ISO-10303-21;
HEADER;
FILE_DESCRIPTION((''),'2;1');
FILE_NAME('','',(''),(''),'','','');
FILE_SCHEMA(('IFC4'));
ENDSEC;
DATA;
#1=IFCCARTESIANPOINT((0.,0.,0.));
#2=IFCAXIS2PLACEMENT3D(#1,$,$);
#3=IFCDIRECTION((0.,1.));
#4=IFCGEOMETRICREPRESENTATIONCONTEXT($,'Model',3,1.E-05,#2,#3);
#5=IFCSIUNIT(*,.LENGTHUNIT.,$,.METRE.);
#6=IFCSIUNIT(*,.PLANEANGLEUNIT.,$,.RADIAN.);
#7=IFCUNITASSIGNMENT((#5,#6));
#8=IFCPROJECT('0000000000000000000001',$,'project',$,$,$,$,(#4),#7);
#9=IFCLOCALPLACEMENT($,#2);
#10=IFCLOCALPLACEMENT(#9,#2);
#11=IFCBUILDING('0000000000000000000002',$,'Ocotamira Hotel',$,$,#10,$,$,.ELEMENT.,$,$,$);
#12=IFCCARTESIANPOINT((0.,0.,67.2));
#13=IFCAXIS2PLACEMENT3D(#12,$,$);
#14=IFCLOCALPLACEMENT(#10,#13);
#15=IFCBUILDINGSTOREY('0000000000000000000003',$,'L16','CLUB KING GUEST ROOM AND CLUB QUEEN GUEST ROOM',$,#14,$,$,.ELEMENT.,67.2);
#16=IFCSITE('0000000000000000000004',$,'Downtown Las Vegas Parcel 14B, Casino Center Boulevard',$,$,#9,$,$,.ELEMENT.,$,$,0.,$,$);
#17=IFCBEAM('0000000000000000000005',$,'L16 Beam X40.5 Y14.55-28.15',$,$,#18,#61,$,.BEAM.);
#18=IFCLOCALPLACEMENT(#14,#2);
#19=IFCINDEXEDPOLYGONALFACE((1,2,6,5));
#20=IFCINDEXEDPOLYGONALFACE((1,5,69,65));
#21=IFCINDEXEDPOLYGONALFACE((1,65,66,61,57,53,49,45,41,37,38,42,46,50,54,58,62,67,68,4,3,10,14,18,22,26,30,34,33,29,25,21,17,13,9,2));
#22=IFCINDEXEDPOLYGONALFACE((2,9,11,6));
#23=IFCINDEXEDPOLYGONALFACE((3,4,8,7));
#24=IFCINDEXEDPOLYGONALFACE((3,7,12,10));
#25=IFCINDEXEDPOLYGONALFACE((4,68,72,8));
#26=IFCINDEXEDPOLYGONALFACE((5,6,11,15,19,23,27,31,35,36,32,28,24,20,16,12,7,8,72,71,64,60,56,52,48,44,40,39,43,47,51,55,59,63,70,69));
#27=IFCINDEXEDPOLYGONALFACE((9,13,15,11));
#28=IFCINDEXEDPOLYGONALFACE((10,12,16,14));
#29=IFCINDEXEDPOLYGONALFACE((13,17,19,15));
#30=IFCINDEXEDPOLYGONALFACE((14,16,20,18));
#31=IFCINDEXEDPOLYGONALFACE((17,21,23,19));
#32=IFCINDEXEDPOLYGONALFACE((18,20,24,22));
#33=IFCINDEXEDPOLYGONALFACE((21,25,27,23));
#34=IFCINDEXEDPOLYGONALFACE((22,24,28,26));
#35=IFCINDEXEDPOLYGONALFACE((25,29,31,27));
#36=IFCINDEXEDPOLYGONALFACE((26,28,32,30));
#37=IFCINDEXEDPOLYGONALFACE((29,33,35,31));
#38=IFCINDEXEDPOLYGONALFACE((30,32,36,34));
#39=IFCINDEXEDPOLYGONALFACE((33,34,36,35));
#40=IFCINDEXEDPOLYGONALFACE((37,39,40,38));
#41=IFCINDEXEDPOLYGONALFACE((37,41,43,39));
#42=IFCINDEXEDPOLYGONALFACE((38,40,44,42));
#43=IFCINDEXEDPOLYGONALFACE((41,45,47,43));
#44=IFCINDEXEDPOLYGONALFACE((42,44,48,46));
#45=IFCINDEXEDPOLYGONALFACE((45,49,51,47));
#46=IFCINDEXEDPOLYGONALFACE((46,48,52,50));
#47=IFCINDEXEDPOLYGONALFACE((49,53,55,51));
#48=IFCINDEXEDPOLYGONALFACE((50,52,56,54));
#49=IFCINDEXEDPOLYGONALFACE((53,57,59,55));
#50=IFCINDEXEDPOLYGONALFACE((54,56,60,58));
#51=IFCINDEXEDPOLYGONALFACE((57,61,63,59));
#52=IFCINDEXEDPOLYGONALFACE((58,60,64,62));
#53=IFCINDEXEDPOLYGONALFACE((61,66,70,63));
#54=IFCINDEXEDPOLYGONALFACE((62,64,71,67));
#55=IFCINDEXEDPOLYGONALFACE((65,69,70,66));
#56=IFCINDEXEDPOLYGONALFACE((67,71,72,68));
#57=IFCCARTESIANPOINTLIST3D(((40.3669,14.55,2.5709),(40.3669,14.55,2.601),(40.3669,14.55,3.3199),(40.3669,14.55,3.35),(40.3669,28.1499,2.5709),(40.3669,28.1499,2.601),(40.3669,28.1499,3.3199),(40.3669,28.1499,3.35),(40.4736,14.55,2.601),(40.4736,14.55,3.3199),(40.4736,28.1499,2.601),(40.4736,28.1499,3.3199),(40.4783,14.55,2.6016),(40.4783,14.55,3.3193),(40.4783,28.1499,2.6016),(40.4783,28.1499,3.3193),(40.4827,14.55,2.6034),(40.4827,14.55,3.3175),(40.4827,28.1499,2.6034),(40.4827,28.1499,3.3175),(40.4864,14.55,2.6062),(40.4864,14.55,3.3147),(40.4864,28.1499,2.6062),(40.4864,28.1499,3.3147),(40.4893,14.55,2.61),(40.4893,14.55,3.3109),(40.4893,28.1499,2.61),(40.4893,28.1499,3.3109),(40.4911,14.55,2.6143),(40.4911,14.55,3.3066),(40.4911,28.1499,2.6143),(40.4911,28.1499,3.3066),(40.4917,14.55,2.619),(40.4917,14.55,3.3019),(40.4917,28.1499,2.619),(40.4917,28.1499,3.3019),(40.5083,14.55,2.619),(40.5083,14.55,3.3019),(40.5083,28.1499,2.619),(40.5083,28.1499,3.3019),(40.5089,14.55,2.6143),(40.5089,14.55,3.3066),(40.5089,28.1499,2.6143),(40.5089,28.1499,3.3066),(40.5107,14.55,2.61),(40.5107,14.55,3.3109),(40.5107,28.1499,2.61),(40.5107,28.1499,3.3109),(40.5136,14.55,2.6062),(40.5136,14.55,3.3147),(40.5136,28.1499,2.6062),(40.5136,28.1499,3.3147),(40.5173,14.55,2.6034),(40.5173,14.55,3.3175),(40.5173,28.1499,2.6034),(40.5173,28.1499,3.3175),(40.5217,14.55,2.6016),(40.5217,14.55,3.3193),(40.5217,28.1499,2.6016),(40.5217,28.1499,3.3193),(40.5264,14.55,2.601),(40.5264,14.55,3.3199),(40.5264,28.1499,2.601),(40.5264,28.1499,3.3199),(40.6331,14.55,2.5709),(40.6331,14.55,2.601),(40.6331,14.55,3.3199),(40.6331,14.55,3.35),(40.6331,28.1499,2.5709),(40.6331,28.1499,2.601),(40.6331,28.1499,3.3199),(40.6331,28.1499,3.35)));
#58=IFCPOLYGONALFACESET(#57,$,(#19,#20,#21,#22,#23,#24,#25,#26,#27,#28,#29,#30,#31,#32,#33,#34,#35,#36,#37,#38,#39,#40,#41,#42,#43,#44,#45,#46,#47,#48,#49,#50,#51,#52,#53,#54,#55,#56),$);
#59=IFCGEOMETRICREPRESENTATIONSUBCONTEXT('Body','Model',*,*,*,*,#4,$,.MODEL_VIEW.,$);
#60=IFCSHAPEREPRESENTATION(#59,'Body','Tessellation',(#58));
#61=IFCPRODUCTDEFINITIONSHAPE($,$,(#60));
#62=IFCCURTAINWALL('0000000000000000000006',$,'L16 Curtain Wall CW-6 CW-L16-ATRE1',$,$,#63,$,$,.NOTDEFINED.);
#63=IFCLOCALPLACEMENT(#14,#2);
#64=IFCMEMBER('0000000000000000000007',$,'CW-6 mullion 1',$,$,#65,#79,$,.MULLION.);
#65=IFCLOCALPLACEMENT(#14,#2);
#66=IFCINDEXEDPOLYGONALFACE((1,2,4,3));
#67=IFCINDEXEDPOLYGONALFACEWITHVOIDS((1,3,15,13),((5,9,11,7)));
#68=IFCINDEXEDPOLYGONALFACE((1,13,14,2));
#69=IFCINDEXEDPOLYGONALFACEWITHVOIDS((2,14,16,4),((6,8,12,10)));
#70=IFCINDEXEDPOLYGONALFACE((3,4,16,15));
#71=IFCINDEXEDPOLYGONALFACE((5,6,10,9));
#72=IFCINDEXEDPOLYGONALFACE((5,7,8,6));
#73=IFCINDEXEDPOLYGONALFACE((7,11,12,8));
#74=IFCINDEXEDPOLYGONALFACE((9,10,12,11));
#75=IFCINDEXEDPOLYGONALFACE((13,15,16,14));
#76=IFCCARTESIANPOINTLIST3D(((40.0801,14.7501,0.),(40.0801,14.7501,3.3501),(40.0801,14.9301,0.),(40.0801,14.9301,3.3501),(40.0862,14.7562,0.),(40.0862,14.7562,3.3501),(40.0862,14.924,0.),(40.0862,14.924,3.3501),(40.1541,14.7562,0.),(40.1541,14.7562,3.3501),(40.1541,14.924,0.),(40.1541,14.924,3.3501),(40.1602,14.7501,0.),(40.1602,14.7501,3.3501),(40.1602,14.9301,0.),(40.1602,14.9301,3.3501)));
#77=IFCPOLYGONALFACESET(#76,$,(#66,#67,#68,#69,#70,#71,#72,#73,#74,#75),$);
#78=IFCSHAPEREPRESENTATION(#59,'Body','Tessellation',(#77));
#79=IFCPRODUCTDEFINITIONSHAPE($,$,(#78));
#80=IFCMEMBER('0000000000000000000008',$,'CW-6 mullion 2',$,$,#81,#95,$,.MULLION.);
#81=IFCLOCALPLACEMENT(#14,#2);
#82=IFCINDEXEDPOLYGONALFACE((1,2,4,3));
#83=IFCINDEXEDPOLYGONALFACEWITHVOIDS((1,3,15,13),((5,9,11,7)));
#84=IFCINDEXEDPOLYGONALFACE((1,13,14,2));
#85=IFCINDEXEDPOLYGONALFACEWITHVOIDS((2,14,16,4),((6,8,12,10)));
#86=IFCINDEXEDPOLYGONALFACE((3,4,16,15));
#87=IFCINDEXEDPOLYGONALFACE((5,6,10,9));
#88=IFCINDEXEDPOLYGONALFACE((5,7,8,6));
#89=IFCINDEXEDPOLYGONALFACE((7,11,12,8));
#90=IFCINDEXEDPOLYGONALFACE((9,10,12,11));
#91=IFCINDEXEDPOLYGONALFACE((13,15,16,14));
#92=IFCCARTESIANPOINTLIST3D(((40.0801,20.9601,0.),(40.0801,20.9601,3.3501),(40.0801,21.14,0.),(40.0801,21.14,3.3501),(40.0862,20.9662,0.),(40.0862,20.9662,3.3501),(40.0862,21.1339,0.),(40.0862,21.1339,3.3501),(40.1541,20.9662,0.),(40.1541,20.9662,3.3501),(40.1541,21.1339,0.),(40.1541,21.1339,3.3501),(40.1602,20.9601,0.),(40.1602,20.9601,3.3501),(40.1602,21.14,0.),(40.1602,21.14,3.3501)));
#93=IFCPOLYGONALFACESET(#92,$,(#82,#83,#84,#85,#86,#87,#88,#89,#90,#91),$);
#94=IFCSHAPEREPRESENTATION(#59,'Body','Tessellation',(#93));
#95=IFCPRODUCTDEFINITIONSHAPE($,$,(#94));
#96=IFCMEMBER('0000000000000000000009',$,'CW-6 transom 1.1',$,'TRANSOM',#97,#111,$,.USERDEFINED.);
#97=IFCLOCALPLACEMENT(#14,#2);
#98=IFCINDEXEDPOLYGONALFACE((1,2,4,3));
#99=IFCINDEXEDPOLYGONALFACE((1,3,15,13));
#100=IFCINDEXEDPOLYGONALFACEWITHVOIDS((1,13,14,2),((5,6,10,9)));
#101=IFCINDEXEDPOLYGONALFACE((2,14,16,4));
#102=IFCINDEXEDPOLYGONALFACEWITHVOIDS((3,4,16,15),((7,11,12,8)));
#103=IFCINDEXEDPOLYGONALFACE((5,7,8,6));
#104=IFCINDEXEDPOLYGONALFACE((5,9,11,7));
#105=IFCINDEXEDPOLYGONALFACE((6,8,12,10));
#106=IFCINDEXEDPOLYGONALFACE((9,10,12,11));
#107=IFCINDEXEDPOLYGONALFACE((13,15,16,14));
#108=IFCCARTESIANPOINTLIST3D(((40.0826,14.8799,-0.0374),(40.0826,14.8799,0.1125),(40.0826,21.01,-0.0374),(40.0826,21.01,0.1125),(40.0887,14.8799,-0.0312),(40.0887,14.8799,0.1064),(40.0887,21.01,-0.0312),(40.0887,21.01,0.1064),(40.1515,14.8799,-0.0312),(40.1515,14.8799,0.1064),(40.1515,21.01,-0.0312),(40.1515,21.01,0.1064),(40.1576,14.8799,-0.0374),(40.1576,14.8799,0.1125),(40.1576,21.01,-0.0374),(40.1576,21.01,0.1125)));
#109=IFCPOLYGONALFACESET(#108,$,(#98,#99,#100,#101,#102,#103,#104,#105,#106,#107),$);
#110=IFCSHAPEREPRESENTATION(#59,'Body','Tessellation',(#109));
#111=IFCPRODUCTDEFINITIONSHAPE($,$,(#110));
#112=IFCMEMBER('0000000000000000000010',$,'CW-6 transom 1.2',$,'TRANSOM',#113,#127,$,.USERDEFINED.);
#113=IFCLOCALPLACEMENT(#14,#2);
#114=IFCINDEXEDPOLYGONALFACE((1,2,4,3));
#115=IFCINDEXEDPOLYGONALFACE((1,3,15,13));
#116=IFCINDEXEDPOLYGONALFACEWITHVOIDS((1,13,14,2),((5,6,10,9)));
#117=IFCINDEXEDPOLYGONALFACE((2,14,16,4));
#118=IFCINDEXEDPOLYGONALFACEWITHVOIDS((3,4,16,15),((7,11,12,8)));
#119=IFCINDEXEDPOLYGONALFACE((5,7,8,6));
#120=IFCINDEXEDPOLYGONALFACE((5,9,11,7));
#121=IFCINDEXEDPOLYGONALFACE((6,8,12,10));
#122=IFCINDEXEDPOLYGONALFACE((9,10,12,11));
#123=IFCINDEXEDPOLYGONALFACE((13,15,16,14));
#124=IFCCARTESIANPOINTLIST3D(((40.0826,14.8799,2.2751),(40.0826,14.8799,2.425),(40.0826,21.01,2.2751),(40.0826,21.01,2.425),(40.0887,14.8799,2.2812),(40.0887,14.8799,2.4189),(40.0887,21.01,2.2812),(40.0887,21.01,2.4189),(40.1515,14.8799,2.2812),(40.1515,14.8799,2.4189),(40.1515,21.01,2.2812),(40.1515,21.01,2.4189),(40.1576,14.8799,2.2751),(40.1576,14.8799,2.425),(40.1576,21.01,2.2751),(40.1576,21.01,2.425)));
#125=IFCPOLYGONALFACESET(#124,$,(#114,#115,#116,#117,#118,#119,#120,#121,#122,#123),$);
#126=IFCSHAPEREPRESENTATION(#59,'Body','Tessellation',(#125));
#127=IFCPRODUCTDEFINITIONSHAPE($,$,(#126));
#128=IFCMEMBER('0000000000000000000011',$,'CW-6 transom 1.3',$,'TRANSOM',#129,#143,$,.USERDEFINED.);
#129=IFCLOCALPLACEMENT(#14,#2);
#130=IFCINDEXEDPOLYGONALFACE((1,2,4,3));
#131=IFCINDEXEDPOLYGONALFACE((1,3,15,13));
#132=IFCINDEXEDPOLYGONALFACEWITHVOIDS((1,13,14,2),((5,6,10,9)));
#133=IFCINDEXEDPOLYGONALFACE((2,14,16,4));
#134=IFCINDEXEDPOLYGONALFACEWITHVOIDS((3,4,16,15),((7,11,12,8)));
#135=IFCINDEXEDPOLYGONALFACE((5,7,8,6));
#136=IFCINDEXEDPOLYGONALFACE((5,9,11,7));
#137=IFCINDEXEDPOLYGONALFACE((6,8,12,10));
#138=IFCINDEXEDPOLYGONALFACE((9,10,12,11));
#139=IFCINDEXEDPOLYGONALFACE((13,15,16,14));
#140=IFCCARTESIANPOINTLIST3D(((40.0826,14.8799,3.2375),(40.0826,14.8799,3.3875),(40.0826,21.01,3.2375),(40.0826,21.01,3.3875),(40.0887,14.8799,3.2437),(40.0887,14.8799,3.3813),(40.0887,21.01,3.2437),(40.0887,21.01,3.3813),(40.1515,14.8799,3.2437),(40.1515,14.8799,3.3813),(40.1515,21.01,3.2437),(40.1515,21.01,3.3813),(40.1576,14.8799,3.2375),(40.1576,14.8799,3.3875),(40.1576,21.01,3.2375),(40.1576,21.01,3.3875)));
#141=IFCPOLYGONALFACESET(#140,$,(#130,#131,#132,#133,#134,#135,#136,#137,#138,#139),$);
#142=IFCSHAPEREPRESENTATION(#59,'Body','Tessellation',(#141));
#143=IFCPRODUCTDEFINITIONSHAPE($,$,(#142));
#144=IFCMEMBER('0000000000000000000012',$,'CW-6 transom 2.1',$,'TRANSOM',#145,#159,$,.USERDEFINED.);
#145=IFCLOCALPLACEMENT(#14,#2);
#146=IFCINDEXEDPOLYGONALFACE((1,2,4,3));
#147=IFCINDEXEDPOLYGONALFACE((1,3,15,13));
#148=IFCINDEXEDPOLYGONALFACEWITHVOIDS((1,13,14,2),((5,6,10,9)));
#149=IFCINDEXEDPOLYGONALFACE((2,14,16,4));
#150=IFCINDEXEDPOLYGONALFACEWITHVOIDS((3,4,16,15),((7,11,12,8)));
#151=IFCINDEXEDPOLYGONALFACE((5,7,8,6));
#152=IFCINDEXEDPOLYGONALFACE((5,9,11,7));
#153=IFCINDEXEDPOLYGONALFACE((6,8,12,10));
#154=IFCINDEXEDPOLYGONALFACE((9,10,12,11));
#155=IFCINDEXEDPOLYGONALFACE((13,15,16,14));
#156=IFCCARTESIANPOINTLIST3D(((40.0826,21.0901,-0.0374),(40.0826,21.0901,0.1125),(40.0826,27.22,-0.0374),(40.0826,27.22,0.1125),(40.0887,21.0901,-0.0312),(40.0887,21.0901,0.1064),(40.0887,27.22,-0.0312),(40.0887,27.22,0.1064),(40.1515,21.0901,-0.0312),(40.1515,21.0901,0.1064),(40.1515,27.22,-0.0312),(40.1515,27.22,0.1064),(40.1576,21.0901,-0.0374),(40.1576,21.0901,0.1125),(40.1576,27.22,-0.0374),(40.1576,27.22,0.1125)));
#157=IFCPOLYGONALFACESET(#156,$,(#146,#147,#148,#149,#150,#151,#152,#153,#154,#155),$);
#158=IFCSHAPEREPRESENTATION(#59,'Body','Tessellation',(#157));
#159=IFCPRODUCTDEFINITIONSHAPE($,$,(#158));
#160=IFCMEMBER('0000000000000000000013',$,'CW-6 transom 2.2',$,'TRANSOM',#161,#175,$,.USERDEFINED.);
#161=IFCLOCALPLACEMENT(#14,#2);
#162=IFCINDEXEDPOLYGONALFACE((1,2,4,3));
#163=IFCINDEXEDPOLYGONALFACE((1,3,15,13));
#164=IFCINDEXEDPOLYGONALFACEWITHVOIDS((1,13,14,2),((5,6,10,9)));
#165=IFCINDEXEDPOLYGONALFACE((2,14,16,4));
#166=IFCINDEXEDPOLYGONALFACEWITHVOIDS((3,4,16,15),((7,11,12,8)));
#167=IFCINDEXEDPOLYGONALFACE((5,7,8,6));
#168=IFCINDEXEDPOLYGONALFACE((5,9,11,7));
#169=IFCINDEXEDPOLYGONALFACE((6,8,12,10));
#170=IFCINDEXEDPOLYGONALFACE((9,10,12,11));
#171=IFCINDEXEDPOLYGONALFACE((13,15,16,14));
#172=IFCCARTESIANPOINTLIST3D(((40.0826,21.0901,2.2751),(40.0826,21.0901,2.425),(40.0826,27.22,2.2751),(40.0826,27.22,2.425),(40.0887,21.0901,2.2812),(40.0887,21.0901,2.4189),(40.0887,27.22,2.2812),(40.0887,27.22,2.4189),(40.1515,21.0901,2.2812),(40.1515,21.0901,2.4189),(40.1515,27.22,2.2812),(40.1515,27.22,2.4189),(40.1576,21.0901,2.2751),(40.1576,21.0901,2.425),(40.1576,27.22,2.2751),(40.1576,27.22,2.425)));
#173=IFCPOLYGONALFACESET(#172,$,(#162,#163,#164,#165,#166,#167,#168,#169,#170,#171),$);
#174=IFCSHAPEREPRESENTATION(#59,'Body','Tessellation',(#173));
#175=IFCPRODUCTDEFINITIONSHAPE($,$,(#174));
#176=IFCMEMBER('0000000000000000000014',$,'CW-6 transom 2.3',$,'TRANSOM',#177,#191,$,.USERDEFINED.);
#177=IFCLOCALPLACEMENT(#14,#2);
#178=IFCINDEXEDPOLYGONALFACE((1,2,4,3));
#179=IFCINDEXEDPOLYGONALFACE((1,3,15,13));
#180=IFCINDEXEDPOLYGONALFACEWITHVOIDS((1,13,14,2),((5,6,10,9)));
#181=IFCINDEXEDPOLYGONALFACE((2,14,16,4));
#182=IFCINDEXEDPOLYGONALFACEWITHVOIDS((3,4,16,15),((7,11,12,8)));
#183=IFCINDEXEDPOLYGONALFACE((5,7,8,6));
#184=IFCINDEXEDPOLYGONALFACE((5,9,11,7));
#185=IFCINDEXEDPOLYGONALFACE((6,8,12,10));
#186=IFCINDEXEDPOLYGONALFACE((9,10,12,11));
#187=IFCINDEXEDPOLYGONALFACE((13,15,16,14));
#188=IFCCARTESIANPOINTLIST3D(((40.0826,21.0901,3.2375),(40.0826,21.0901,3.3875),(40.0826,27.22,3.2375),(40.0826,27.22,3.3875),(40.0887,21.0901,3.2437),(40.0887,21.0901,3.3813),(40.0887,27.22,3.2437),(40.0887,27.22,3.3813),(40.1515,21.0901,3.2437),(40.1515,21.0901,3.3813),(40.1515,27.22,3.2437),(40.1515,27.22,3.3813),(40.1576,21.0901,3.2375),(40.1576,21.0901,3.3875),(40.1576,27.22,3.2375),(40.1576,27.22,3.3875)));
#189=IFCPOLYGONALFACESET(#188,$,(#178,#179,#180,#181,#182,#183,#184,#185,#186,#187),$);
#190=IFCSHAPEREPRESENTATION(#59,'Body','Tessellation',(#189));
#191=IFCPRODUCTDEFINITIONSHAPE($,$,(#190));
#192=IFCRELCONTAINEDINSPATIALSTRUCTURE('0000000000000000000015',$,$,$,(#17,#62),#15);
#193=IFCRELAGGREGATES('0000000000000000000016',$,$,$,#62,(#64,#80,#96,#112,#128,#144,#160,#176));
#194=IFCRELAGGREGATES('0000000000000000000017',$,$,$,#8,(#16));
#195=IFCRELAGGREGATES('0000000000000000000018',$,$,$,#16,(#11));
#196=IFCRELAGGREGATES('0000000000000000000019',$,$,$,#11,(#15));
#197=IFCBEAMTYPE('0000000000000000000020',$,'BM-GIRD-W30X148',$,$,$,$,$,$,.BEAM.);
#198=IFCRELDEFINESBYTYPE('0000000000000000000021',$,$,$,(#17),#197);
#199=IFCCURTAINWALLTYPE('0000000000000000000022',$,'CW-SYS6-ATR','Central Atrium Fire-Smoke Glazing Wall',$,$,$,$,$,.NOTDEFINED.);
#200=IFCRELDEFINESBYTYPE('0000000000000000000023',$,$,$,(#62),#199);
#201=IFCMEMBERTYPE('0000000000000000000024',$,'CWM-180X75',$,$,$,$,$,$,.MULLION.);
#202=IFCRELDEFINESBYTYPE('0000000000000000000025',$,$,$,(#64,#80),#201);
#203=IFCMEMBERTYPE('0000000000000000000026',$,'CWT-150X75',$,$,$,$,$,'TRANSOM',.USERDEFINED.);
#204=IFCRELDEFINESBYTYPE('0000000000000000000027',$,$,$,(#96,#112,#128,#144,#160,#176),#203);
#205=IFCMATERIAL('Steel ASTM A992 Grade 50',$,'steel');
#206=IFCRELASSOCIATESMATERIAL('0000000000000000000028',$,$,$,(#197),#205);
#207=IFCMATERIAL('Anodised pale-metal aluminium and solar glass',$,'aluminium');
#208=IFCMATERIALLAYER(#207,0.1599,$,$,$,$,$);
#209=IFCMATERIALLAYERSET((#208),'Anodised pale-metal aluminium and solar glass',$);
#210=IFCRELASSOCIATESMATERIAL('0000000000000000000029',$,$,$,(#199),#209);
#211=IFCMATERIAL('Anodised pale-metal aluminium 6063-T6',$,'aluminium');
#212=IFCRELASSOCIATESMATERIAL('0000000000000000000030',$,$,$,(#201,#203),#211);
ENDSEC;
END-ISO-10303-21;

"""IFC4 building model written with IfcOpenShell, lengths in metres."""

from ifc_helpers import new_model, si_unit, direction, frame, origin, origin_2d, place, context, subcontext, project, spatial, hollow_rectangle, i_section, extrude, source, transform, mapped, material, layer, layer_set, material_profile, profile_set, type_object, element, aggregate, save


model = new_model("IFC4")

# Units and contexts
model_context = context("Model", 3, precision=1e-05, world=origin(), true_north=direction((0.0, 1.0)))
body_context = subcontext(model_context, "Body", "Model", "MODEL_VIEW")
ifc_project = project(units=[si_unit("LENGTHUNIT", "METRE"), si_unit("PLANEANGLEUNIT", "RADIAN")], contexts=[model_context])

# Site, building, storey
site_placement = place(None, origin())
site = spatial("IfcSite", under=ifc_project, at=site_placement, Name="Downtown Las Vegas Parcel 14B, Casino Center Boulevard", CompositionType="ELEMENT", RefElevation=0.0)
building_placement = place(site_placement, origin())
building = spatial("IfcBuilding", under=site, at=building_placement, Name="Ocotamira Hotel", CompositionType="ELEMENT")
storey_placement = place(building_placement, frame((0.0, 0.0, 67.2)))
storey = spatial("IfcBuildingStorey", under=building, at=storey_placement, Name="L16", Description="CLUB KING GUEST ROOM AND CLUB QUEEN GUEST ROOM", CompositionType="ELEMENT", Elevation=67.2)

# Beam
ifc_material_1 = material(Name="Steel ASTM A992 Grade 50", Category="steel")
ifc_material_profile_1 = material_profile(ifc_material_1, i_section(OverallWidth=0.2661, OverallDepth=0.7791, WebThickness=0.0166, FlangeThickness=0.03, FilletRadius=0.0181, at=origin_2d()), Name="W30X148")
ifc_profile_set_1 = profile_set([ifc_material_profile_1], Name="Steel ASTM A992 Grade 50")
beam_type = type_object("IfcBeamType", Name="BM-GIRD-W30X148", PredefinedType="BEAM", material=ifc_profile_set_1)
shared_shape_1 = source(origin(), body_context, "Body", "SweptSolid", [
    extrude(i_section(OverallWidth=0.2661, OverallDepth=0.7791, WebThickness=0.0166, FlangeThickness=0.03, FilletRadius=0.0181, at=origin_2d()), origin(), (0.0, 0.0, 1.0), 13.5999),
])
beam_placement = place(storey_placement, frame((40.5, 14.55, 2.9604), z_axis=(0.0, 1.0, 0.0), x_axis=(-1.0, 0.0, 0.0)))
element("IfcBeam", 1, at=beam_placement, inside=storey, type_object=beam_type, Name="L16 Beam X40.5 Y14.55-28.15", PredefinedType="BEAM", context=body_context, shape_type="MappedRepresentation", body=[
    mapped(shared_shape_1, transform((0.0, 0.0, 0.0), scale=1.0)),
])

# Curtain wall, members
ifc_material_2 = material(Name="Anodised pale-metal aluminium and solar glass", Category="aluminium")
ifc_layer_1 = layer(ifc_material_2, 0.1599)
ifc_layer_set_1 = layer_set([ifc_layer_1], Name="Anodised pale-metal aluminium and solar glass")
curtain_wall_type = type_object("IfcCurtainWallType", Name="CW-SYS6-ATR", Description="Central Atrium Fire-Smoke Glazing Wall", PredefinedType="NOTDEFINED", material=ifc_layer_set_1)
curtain_wall_placement = place(storey_placement, origin())
curtain_wall = element("IfcCurtainWall", 2, at=curtain_wall_placement, inside=storey, type_object=curtain_wall_type, Name="L16 Curtain Wall CW-6 CW-L16-ATRE1", PredefinedType="NOTDEFINED")
ifc_material_3 = material(Name="Anodised pale-metal aluminium 6063-T6", Category="aluminium")
ifc_material_profile_2 = material_profile(ifc_material_3, hollow_rectangle(XDim=0.0801, YDim=0.1799, WallThickness=0.0061, at=origin_2d()), Name="HSS180X80X6")
ifc_profile_set_2 = profile_set([ifc_material_profile_2], Name="Anodised pale-metal aluminium 6063-T6")
member_type_1 = type_object("IfcMemberType", Name="CWM-180X75", PredefinedType="MULLION", material=ifc_profile_set_2)
shared_shape_2 = source(origin(), body_context, "Body", "SweptSolid", [
    extrude(hollow_rectangle(XDim=0.0801, YDim=0.1799, WallThickness=0.0061, at=origin_2d()), origin(), (0.0, 0.0, 1.0), 3.3501),
])
member_1_placement = place(storey_placement, frame((40.1201, 14.8401, 0.0), z_axis=(0.0, 0.0, 1.0), x_axis=(-1.0, 0.0, 0.0)))
member_1 = element("IfcMember", 3, at=member_1_placement, type_object=member_type_1, Name="CW-6 mullion 1", PredefinedType="MULLION", context=body_context, shape_type="MappedRepresentation", body=[
    mapped(shared_shape_2, transform((0.0, 0.0, 0.0), scale=1.0)),
])
member_2_placement = place(storey_placement, frame((40.1201, 21.05, 0.0), z_axis=(0.0, 0.0, 1.0), x_axis=(-1.0, 0.0, 0.0)))
member_2 = element("IfcMember", 4, at=member_2_placement, type_object=member_type_1, Name="CW-6 mullion 2", PredefinedType="MULLION", context=body_context, shape_type="MappedRepresentation", body=[
    mapped(shared_shape_2, transform((0.0, 0.0, 0.0), scale=1.0)),
])
ifc_material_profile_3 = material_profile(ifc_material_3, hollow_rectangle(XDim=0.075, YDim=0.1499, WallThickness=0.0061, at=origin_2d()), Name="HSS150X75X6")
ifc_profile_set_3 = profile_set([ifc_material_profile_3], Name="Anodised pale-metal aluminium 6063-T6")
member_type_2 = type_object("IfcMemberType", Name="CWT-150X75", ElementType="TRANSOM", PredefinedType="USERDEFINED", material=ifc_profile_set_3)
shared_shape_3 = source(origin(), body_context, "Body", "SweptSolid", [
    extrude(hollow_rectangle(XDim=0.075, YDim=0.1499, WallThickness=0.0061, at=origin_2d()), origin(), (0.0, 0.0, 1.0), 6.1301),
])
member_3_placement = place(storey_placement, frame((40.1201, 14.8799, 0.0376), z_axis=(0.0, 1.0, 0.0), x_axis=(-1.0, 0.0, 0.0)))
member_3 = element("IfcMember", 5, at=member_3_placement, type_object=member_type_2, Name="CW-6 transom 1.1", ObjectType="TRANSOM", PredefinedType="USERDEFINED", context=body_context, shape_type="MappedRepresentation", body=[
    mapped(shared_shape_3, transform((0.0, 0.0, 0.0), scale=1.0)),
])
member_4_placement = place(storey_placement, frame((40.1201, 14.8799, 2.3501), z_axis=(0.0, 1.0, 0.0), x_axis=(-1.0, 0.0, 0.0)))
member_4 = element("IfcMember", 6, at=member_4_placement, type_object=member_type_2, Name="CW-6 transom 1.2", ObjectType="TRANSOM", PredefinedType="USERDEFINED", context=body_context, shape_type="MappedRepresentation", body=[
    mapped(shared_shape_3, transform((0.0, 0.0, 0.0), scale=1.0)),
])
member_5_placement = place(storey_placement, frame((40.1201, 14.8799, 3.3125), z_axis=(0.0, 1.0, 0.0), x_axis=(-1.0, 0.0, 0.0)))
member_5 = element("IfcMember", 7, at=member_5_placement, type_object=member_type_2, Name="CW-6 transom 1.3", ObjectType="TRANSOM", PredefinedType="USERDEFINED", context=body_context, shape_type="MappedRepresentation", body=[
    mapped(shared_shape_3, transform((0.0, 0.0, 0.0), scale=1.0)),
])
shared_shape_4 = source(origin(), body_context, "Body", "SweptSolid", [
    extrude(hollow_rectangle(XDim=0.075, YDim=0.1499, WallThickness=0.0061, at=origin_2d()), origin(), (0.0, 0.0, 1.0), 6.1299),
])
member_6_placement = place(storey_placement, frame((40.1201, 21.0901, 0.0376), z_axis=(0.0, 1.0, 0.0), x_axis=(-1.0, 0.0, 0.0)))
member_6 = element("IfcMember", 8, at=member_6_placement, type_object=member_type_2, Name="CW-6 transom 2.1", ObjectType="TRANSOM", PredefinedType="USERDEFINED", context=body_context, shape_type="MappedRepresentation", body=[
    mapped(shared_shape_4, transform((0.0, 0.0, 0.0), scale=1.0)),
])
member_7_placement = place(storey_placement, frame((40.1201, 21.0901, 2.3501), z_axis=(0.0, 1.0, 0.0), x_axis=(-1.0, 0.0, 0.0)))
member_7 = element("IfcMember", 9, at=member_7_placement, type_object=member_type_2, Name="CW-6 transom 2.2", ObjectType="TRANSOM", PredefinedType="USERDEFINED", context=body_context, shape_type="MappedRepresentation", body=[
    mapped(shared_shape_4, transform((0.0, 0.0, 0.0), scale=1.0)),
])
member_8_placement = place(storey_placement, frame((40.1201, 21.0901, 3.3125), z_axis=(0.0, 1.0, 0.0), x_axis=(-1.0, 0.0, 0.0)))
member_8 = element("IfcMember", 10, at=member_8_placement, type_object=member_type_2, Name="CW-6 transom 2.3", ObjectType="TRANSOM", PredefinedType="USERDEFINED", context=body_context, shape_type="MappedRepresentation", body=[
    mapped(shared_shape_4, transform((0.0, 0.0, 0.0), scale=1.0)),
])
aggregate(curtain_wall, [member_1, member_2, member_3, member_4, member_5, member_6, member_7, member_8])

save(model, "model.ifc")
